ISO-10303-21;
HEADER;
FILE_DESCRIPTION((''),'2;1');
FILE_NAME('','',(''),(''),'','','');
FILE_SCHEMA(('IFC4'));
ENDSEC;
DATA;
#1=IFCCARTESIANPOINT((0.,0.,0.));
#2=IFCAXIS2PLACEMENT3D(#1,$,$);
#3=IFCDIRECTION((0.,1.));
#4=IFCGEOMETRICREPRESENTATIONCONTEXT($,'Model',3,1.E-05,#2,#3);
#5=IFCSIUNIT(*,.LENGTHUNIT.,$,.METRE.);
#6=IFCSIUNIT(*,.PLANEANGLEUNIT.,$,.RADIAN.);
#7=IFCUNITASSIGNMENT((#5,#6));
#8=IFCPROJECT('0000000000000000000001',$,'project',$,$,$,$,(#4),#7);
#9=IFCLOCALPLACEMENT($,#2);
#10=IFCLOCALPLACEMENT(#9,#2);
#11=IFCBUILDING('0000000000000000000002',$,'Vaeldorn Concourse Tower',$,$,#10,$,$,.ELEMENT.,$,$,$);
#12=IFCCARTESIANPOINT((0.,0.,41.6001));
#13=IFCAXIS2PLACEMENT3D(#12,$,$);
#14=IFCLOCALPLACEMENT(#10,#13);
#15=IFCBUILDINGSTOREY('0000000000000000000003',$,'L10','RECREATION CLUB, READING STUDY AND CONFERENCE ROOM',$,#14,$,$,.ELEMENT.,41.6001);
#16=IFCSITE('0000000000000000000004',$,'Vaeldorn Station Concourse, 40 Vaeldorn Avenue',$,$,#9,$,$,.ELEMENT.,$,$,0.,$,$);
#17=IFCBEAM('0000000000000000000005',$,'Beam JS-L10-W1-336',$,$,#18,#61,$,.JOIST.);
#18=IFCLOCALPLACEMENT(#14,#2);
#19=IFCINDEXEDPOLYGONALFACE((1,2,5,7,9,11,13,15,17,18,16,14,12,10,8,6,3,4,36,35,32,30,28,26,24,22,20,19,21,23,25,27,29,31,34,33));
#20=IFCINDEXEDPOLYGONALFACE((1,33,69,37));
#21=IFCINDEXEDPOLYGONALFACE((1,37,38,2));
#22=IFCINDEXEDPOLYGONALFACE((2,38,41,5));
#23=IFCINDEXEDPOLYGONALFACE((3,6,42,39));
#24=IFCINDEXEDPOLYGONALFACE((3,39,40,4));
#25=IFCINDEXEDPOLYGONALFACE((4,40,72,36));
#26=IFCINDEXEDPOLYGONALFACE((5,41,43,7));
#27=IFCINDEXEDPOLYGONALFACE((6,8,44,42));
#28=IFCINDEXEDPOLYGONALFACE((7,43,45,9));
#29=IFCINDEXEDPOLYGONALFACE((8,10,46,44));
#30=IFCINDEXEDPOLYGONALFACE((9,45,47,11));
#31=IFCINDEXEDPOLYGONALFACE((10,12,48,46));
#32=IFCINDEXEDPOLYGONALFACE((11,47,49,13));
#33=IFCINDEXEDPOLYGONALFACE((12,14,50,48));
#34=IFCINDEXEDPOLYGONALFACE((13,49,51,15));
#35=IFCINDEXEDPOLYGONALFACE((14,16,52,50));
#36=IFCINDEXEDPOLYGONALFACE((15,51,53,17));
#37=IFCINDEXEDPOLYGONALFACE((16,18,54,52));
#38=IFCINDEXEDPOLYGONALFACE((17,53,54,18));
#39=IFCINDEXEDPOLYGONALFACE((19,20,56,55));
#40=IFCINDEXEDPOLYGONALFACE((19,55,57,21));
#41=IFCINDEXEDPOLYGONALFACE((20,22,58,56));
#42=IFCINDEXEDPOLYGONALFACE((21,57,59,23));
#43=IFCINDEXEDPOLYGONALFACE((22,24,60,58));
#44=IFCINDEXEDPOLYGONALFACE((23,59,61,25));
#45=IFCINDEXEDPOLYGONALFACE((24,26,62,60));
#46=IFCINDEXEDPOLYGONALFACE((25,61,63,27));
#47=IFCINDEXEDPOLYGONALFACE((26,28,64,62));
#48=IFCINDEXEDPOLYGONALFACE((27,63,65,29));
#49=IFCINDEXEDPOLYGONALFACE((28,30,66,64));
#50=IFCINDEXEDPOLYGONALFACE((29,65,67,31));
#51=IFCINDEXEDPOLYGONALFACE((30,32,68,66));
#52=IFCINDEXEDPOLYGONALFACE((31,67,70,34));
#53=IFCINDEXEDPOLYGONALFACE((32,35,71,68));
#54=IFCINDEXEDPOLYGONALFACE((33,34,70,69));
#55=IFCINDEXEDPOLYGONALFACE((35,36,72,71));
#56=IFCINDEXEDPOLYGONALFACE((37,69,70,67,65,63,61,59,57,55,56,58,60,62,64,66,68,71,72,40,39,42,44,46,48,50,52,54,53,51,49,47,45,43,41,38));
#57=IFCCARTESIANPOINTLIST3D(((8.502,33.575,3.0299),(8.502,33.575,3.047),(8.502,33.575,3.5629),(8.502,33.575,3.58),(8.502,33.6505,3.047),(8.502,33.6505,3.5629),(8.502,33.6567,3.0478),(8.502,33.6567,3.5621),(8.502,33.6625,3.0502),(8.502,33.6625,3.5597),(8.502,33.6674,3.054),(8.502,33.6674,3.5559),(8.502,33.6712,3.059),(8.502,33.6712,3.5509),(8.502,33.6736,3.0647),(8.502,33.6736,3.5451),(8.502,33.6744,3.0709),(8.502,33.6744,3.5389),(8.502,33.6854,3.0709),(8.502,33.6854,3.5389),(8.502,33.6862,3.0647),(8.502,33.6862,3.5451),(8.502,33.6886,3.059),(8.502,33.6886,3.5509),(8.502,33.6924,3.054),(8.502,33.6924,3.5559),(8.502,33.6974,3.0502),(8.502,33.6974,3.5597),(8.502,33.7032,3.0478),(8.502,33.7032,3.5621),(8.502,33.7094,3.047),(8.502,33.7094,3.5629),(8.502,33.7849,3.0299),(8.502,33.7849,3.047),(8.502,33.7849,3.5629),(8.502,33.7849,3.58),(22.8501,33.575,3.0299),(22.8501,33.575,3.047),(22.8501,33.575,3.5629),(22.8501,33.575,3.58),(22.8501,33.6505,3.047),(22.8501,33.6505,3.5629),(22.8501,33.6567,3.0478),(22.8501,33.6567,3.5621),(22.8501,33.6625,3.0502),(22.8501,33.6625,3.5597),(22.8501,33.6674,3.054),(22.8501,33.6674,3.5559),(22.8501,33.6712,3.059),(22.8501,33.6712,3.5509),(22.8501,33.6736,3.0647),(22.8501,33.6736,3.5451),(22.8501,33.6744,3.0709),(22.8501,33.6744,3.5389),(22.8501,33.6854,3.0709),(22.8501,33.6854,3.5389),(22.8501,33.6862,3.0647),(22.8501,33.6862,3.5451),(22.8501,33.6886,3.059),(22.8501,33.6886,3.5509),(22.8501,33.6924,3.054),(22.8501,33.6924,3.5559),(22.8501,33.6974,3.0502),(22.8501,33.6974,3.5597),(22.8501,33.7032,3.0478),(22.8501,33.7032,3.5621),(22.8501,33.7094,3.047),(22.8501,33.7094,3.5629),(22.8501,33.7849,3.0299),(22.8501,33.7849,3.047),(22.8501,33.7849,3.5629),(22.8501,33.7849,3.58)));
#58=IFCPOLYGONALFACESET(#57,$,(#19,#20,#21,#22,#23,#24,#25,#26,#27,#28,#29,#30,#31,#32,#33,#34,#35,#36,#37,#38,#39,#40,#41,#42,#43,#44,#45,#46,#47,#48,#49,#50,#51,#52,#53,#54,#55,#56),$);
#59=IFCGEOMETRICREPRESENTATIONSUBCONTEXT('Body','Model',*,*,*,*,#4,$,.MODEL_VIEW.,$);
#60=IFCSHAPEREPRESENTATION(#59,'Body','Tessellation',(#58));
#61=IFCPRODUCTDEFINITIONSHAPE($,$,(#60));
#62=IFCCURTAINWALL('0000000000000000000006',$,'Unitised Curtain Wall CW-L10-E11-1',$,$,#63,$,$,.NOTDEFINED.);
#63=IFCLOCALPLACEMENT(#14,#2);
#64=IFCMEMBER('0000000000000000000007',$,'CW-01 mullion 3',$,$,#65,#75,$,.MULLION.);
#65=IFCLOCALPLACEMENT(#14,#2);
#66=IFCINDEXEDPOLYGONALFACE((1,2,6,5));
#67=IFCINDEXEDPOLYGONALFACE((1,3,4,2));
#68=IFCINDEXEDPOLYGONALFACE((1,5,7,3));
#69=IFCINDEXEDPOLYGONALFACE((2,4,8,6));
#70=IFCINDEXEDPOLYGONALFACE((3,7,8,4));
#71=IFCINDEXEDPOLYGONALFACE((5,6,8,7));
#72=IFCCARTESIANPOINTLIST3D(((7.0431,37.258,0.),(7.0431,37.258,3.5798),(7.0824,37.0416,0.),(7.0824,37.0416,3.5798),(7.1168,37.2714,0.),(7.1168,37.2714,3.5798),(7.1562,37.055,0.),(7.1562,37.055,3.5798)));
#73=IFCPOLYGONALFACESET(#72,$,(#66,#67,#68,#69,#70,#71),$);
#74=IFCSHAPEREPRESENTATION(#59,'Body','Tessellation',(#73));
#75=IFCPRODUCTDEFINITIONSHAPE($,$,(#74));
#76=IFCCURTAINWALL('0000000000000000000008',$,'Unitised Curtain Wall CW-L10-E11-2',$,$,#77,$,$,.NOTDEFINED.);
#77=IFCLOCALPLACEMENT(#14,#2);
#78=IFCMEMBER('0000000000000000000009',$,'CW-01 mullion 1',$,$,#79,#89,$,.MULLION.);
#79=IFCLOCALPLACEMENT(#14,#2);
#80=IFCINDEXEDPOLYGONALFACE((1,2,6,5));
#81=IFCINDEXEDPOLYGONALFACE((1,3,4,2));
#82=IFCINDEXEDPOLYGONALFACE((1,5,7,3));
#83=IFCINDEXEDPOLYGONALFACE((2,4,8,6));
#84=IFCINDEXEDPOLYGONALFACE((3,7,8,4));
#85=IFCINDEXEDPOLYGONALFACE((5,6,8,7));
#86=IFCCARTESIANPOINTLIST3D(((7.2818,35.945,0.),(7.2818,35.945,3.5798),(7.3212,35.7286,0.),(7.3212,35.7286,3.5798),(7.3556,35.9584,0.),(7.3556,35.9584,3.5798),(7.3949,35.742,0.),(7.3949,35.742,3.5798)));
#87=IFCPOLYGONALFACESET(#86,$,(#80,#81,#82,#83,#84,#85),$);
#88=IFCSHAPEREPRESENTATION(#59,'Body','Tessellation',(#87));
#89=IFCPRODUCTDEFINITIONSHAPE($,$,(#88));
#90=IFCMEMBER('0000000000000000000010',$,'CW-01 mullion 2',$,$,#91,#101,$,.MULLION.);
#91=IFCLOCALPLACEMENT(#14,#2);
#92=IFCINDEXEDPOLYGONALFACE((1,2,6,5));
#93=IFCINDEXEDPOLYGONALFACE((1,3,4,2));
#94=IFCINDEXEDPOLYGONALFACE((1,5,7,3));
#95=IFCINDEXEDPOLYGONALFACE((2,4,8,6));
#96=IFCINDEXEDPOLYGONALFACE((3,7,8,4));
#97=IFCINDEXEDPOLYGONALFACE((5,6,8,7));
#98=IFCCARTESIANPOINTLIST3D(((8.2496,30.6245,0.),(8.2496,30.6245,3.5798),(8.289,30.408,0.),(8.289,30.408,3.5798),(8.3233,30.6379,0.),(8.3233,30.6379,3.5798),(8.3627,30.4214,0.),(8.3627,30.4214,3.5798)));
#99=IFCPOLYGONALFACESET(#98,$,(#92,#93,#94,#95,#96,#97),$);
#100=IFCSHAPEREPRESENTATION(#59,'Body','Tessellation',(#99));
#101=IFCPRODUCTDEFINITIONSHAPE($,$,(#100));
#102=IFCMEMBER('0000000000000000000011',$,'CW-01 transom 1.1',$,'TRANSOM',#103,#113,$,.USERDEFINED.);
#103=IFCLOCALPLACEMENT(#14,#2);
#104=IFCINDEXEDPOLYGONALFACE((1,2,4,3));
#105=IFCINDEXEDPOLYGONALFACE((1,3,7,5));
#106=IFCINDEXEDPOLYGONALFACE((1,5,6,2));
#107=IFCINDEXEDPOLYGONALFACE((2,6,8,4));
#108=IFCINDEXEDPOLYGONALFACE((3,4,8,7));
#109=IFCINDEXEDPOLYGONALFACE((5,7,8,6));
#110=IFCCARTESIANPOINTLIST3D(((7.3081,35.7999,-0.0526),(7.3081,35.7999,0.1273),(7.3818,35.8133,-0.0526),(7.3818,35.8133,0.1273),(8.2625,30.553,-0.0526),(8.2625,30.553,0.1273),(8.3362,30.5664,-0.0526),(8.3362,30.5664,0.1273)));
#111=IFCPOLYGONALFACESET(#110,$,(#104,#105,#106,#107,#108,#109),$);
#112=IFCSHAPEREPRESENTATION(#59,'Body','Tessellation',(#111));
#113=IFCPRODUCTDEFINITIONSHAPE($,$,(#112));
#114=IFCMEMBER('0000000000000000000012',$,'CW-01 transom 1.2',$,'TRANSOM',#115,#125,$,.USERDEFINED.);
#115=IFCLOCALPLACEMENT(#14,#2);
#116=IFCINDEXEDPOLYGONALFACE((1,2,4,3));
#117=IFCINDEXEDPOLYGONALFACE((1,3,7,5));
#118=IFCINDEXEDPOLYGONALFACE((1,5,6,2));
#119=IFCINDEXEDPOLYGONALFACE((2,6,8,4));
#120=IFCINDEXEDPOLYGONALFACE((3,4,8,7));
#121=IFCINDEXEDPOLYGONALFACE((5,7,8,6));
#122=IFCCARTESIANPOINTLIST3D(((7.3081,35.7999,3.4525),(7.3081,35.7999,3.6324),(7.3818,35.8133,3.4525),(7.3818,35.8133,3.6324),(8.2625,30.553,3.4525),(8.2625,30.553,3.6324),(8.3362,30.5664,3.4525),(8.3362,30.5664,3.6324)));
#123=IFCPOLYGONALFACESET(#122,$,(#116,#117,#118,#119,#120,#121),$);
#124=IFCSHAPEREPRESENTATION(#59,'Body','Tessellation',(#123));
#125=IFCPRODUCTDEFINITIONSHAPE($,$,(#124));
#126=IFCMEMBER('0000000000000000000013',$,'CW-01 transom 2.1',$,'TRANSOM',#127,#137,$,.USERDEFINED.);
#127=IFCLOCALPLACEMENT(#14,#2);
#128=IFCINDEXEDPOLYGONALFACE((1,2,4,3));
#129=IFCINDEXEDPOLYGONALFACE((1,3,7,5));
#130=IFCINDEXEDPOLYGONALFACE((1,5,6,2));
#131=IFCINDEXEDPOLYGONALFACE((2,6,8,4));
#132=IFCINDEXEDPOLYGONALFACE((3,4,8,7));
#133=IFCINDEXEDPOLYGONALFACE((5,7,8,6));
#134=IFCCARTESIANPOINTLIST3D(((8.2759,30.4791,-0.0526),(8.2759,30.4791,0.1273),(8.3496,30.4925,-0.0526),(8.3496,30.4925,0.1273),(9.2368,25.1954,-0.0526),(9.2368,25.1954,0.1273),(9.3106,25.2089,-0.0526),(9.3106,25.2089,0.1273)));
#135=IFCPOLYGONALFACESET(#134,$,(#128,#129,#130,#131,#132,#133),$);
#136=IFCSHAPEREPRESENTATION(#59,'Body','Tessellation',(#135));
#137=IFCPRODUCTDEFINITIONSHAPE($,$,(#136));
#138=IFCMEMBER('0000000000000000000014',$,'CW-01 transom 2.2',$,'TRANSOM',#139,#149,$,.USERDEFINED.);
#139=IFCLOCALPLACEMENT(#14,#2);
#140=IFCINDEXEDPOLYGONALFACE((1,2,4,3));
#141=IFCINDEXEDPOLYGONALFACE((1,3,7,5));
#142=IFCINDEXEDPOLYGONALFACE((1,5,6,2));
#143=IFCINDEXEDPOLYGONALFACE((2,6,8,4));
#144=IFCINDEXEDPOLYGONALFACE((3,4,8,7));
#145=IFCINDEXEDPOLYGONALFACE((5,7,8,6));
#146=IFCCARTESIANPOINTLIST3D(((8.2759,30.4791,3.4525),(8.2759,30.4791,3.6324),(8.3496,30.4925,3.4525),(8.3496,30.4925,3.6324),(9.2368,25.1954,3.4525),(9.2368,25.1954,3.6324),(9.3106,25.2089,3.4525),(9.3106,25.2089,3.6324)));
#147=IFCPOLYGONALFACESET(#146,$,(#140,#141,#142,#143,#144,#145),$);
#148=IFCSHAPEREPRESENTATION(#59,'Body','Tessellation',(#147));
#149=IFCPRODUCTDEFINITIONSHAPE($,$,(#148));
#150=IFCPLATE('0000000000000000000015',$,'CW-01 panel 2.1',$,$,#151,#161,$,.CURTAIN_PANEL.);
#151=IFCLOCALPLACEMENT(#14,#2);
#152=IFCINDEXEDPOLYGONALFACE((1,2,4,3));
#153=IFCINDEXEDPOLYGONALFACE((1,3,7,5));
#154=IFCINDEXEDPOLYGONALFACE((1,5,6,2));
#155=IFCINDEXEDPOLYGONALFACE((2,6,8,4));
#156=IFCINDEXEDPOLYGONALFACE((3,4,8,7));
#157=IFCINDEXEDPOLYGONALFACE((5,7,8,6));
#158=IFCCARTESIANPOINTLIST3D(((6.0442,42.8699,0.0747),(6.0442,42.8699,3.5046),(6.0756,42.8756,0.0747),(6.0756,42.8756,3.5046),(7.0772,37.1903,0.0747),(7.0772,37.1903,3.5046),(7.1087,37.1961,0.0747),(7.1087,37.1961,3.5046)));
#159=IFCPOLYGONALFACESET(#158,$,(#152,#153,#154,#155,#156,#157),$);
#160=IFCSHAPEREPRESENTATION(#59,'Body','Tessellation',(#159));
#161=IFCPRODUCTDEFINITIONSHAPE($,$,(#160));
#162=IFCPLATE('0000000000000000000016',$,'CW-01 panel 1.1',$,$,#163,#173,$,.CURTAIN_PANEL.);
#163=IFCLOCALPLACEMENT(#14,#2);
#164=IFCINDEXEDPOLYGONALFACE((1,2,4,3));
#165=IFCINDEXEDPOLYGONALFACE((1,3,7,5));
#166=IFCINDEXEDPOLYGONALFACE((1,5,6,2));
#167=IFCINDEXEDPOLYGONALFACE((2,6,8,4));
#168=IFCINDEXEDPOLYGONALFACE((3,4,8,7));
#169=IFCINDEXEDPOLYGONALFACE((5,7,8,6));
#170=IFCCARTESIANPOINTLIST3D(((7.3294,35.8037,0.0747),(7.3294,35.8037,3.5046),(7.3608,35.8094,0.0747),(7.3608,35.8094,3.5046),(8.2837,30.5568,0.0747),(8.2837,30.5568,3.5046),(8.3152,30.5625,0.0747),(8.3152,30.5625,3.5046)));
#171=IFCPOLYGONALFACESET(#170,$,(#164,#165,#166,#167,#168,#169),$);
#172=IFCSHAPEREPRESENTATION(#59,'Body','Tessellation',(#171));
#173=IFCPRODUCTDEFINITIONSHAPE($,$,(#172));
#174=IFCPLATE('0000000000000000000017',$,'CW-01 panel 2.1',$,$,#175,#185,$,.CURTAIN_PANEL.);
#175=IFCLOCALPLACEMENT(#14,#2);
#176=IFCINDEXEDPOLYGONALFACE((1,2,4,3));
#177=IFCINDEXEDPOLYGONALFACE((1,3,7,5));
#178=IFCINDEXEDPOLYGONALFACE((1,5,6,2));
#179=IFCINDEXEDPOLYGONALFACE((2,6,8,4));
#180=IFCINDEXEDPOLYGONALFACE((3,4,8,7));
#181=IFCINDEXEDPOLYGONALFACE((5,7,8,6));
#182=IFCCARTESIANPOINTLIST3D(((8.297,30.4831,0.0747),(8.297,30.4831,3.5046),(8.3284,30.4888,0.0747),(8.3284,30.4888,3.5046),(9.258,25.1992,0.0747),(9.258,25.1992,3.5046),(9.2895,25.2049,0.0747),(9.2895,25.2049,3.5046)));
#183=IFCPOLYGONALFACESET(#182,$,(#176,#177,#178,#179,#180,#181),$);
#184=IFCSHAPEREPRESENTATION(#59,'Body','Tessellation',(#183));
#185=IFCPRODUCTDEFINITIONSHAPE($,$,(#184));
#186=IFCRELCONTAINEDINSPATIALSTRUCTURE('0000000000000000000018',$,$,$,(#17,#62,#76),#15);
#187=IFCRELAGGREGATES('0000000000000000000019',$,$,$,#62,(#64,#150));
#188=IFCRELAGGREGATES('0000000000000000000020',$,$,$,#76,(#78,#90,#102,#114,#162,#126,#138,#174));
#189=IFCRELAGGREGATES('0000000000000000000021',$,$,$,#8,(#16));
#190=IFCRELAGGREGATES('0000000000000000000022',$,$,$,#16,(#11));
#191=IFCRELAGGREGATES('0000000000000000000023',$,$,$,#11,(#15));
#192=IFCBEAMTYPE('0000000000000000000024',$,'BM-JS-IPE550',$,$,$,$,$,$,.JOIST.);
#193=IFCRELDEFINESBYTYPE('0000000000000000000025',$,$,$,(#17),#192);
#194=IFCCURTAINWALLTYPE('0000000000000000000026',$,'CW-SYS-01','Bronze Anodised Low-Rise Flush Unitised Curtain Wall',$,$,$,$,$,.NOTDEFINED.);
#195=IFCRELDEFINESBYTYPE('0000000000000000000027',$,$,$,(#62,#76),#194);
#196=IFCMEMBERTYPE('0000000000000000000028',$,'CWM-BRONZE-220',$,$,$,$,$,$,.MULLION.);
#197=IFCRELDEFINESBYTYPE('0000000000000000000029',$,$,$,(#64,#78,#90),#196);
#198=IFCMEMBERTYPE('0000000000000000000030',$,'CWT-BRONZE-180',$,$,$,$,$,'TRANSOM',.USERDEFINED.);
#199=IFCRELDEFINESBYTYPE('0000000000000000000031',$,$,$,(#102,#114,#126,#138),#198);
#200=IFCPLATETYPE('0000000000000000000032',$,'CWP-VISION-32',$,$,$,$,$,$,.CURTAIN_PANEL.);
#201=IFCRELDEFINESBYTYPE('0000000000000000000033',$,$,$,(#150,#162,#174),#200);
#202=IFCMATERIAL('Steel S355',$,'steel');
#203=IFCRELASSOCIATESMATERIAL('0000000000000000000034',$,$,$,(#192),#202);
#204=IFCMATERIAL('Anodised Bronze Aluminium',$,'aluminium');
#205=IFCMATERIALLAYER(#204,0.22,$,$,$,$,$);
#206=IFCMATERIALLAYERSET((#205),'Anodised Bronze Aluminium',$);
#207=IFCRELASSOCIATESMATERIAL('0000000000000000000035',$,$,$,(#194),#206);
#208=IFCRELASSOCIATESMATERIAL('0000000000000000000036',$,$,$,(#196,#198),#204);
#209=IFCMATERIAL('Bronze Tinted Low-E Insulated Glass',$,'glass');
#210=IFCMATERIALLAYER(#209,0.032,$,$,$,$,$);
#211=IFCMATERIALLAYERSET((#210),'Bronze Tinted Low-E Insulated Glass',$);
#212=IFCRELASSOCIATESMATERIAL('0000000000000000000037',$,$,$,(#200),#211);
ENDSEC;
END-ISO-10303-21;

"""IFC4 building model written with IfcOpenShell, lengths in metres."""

from ifc_helpers import new_model, si_unit, direction, frame, origin, origin_2d, place, context, subcontext, project, spatial, rectangle, i_section, extrude, source, transform, mapped, material, layer, layer_set, material_profile, profile_set, type_object, element, aggregate, save


model = new_model("IFC4")

# Units and contexts
model_context = context("Model", 3, precision=1e-05, world=origin(), true_north=direction((0.0, 1.0)))
body_context = subcontext(model_context, "Body", "Model", "MODEL_VIEW")
ifc_project = project(units=[si_unit("LENGTHUNIT", "METRE"), si_unit("PLANEANGLEUNIT", "RADIAN")], contexts=[model_context])

# Site, building, storey
site_placement = place(None, origin())
site = spatial("IfcSite", under=ifc_project, at=site_placement, Name="Vaeldorn Station Concourse, 40 Vaeldorn Avenue", CompositionType="ELEMENT", RefElevation=0.0)
building_placement = place(site_placement, origin())
building = spatial("IfcBuilding", under=site, at=building_placement, Name="Vaeldorn Concourse Tower", CompositionType="ELEMENT")
storey_placement = place(building_placement, frame((0.0, 0.0, 41.6001)))
storey = spatial("IfcBuildingStorey", under=building, at=storey_placement, Name="L10", Description="RECREATION CLUB, READING STUDY AND CONFERENCE ROOM", CompositionType="ELEMENT", Elevation=41.6001)

# Beam
ifc_material_1 = material(Name="Steel S355", Category="steel")
ifc_material_profile_1 = material_profile(ifc_material_1, i_section(OverallWidth=0.21, OverallDepth=0.55, WebThickness=0.011, FlangeThickness=0.0171, FilletRadius=0.0239, at=origin_2d()), Name="IPE 550")
ifc_profile_set_1 = profile_set([ifc_material_profile_1], Name="Steel S355")
beam_type_1 = type_object("IfcBeamType", Name="BM-JS-IPE550", PredefinedType="JOIST", material=ifc_profile_set_1)
shared_shape_1 = source(origin(), body_context, "Body", "SweptSolid", [
    extrude(i_section(OverallWidth=0.21, OverallDepth=0.55, WebThickness=0.011, FlangeThickness=0.0171, FilletRadius=0.0239, at=origin_2d()), origin(), (0.0, 0.0, 1.0), 14.3481),
])
beam_1_placement = place(storey_placement, frame((8.502, 33.6799, 3.3049), z_axis=(1.0, 0.0, 0.0), x_axis=(0.0, 1.0, 0.0)))
element("IfcBeam", 1, at=beam_1_placement, inside=storey, type_object=beam_type_1, Name="Beam JS-L10-W1-336", PredefinedType="JOIST", context=body_context, shape_type="MappedRepresentation", body=[
    mapped(shared_shape_1, transform((0.0, 0.0, 0.0), scale=1.0)),
])

# Curtain wall, member
ifc_material_2 = material(Name="Anodised Bronze Aluminium", Category="aluminium")
ifc_layer_1 = layer(ifc_material_2, 0.22)
ifc_layer_set_1 = layer_set([ifc_layer_1], Name="Anodised Bronze Aluminium")
curtain_wall_type = type_object("IfcCurtainWallType", Name="CW-SYS-01", Description="Bronze Anodised Low-Rise Flush Unitised Curtain Wall", PredefinedType="NOTDEFINED", material=ifc_layer_set_1)
curtain_wall_1_placement = place(storey_placement, origin())
curtain_wall_1 = element("IfcCurtainWall", 2, at=curtain_wall_1_placement, inside=storey, type_object=curtain_wall_type, Name="Unitised Curtain Wall CW-L10-E11-1", PredefinedType="NOTDEFINED")
ifc_material_profile_2 = material_profile(ifc_material_2, rectangle(XDim=0.075, YDim=0.22, at=origin_2d()), Name="CWM 75x220")
ifc_profile_set_2 = profile_set([ifc_material_profile_2], Name="Anodised Bronze Aluminium")
member_type_1 = type_object("IfcMemberType", Name="CWM-BRONZE-220", PredefinedType="MULLION", material=ifc_profile_set_2)
shared_shape_2 = source(origin(), body_context, "Body", "SweptSolid", [
    extrude(rectangle(XDim=0.075, YDim=0.22, at=origin_2d()), origin(), (0.0, 0.0, 1.0), 3.5798),
])
member_1_placement = place(storey_placement, frame((7.0996, 37.1565, 0.0), z_axis=(0.0, 0.0, 1.0), x_axis=(0.983859, 0.178947, 0.0)))
member_1 = element("IfcMember", 3, at=member_1_placement, type_object=member_type_1, Name="CW-01 mullion 3", PredefinedType="MULLION", context=body_context, shape_type="MappedRepresentation", body=[
    mapped(shared_shape_2, transform((0.0, 0.0, 0.0), scale=1.0)),
])

# Curtain wall, members
curtain_wall_2_placement = place(storey_placement, origin())
curtain_wall_2 = element("IfcCurtainWall", 4, at=curtain_wall_2_placement, inside=storey, type_object=curtain_wall_type, Name="Unitised Curtain Wall CW-L10-E11-2", PredefinedType="NOTDEFINED")
member_2_placement = place(storey_placement, frame((7.3384, 35.8435, 0.0), z_axis=(0.0, 0.0, 1.0), x_axis=(0.983859, 0.178944, 0.0)))
member_2 = element("IfcMember", 5, at=member_2_placement, type_object=member_type_1, Name="CW-01 mullion 1", PredefinedType="MULLION", context=body_context, shape_type="MappedRepresentation", body=[
    mapped(shared_shape_2, transform((0.0, 0.0, 0.0), scale=1.0)),
])
member_3_placement = place(storey_placement, frame((8.3062, 30.5229, 0.0), z_axis=(0.0, 0.0, 1.0), x_axis=(0.983859, 0.178944, 0.0)))
member_3 = element("IfcMember", 6, at=member_3_placement, type_object=member_type_1, Name="CW-01 mullion 2", PredefinedType="MULLION", context=body_context, shape_type="MappedRepresentation", body=[
    mapped(shared_shape_2, transform((0.0, 0.0, 0.0), scale=1.0)),
])
ifc_material_profile_3 = material_profile(ifc_material_2, rectangle(XDim=0.075, YDim=0.1799, at=origin_2d()), Name="CWT 75x180")
ifc_profile_set_3 = profile_set([ifc_material_profile_3], Name="Anodised Bronze Aluminium")
member_type_2 = type_object("IfcMemberType", Name="CWT-BRONZE-180", ElementType="TRANSOM", PredefinedType="USERDEFINED", material=ifc_profile_set_3)
shared_shape_3 = source(origin(), body_context, "Body", "SweptSolid", [
    extrude(rectangle(XDim=0.075, YDim=0.1799, at=origin_2d()), origin(), (0.0, 0.0, 1.0), 5.333),
])
member_4_placement = place(storey_placement, frame((7.345, 35.8066, 0.0374), z_axis=(0.178954, -0.983857, 0.0), x_axis=(0.983857, 0.178954, 0.0)))
member_4 = element("IfcMember", 7, at=member_4_placement, type_object=member_type_2, Name="CW-01 transom 1.1", ObjectType="TRANSOM", PredefinedType="USERDEFINED", context=body_context, shape_type="MappedRepresentation", body=[
    mapped(shared_shape_3, transform((0.0, 0.0, 0.0), scale=1.0)),
])
member_5_placement = place(storey_placement, frame((7.345, 35.8066, 3.5425), z_axis=(0.178954, -0.983857, 0.0), x_axis=(0.983857, 0.178954, 0.0)))
member_5 = element("IfcMember", 8, at=member_5_placement, type_object=member_type_2, Name="CW-01 transom 1.2", ObjectType="TRANSOM", PredefinedType="USERDEFINED", context=body_context, shape_type="MappedRepresentation", body=[
    mapped(shared_shape_3, transform((0.0, 0.0, 0.0), scale=1.0)),
])
shared_shape_4 = source(origin(), body_context, "Body", "SweptSolid", [
    extrude(rectangle(XDim=0.075, YDim=0.1799, at=origin_2d()), origin(), (0.0, 0.0, 1.0), 5.3704),
])
member_6_placement = place(storey_placement, frame((8.3127, 30.4858, 0.0374), z_axis=(0.178933, -0.983861, 0.0), x_axis=(0.983861, 0.178933, 0.0)))
member_6 = element("IfcMember", 9, at=member_6_placement, type_object=member_type_2, Name="CW-01 transom 2.1", ObjectType="TRANSOM", PredefinedType="USERDEFINED", context=body_context, shape_type="MappedRepresentation", body=[
    mapped(shared_shape_4, transform((0.0, 0.0, 0.0), scale=1.0)),
])
member_7_placement = place(storey_placement, frame((8.3127, 30.4858, 3.5425), z_axis=(0.178933, -0.983861, 0.0), x_axis=(0.983861, 0.178933, 0.0)))
member_7 = element("IfcMember", 10, at=member_7_placement, type_object=member_type_2, Name="CW-01 transom 2.2", ObjectType="TRANSOM", PredefinedType="USERDEFINED", context=body_context, shape_type="MappedRepresentation", body=[
    mapped(shared_shape_4, transform((0.0, 0.0, 0.0), scale=1.0)),
])

# Plates
ifc_material_3 = material(Name="Bronze Tinted Low-E Insulated Glass", Category="glass")
ifc_layer_2 = layer(ifc_material_3, 0.032)
ifc_layer_set_2 = layer_set([ifc_layer_2], Name="Bronze Tinted Low-E Insulated Glass")
plate_type = type_object("IfcPlateType", Name="CWP-VISION-32", PredefinedType="CURTAIN_PANEL", material=ifc_layer_set_2)
shared_shape_5 = source(origin(), body_context, "Body", "SweptSolid", [
    extrude(rectangle(XDim=5.7727, YDim=0.032, at=origin_2d()), origin(), (0.0, 0.0, 1.0), 3.4299),
])
plate_1_placement = place(storey_placement, frame((6.5764, 40.033, 0.0747), z_axis=(0.0, 0.0, 1.0), x_axis=(0.178947, -0.983859, 0.0)))
plate_1 = element("IfcPlate", 11, at=plate_1_placement, type_object=plate_type, Name="CW-01 panel 2.1", PredefinedType="CURTAIN_PANEL", context=body_context, shape_type="MappedRepresentation", body=[
    mapped(shared_shape_5, transform((0.0, 0.0, 0.0), scale=1.0)),
])
aggregate(curtain_wall_1, [member_1, plate_1])
shared_shape_6 = source(origin(), body_context, "Body", "SweptSolid", [
    extrude(rectangle(XDim=5.333, YDim=0.032, at=origin_2d()), origin(), (0.0, 0.0, 1.0), 3.4299),
])
plate_2_placement = place(storey_placement, frame((7.8223, 33.1831, 0.0747), z_axis=(0.0, 0.0, 1.0), x_axis=(0.178944, -0.983859, 0.0)))
plate_2 = element("IfcPlate", 12, at=plate_2_placement, type_object=plate_type, Name="CW-01 panel 1.1", PredefinedType="CURTAIN_PANEL", context=body_context, shape_type="MappedRepresentation", body=[
    mapped(shared_shape_6, transform((0.0, 0.0, 0.0), scale=1.0)),
])
shared_shape_7 = source(origin(), body_context, "Body", "SweptSolid", [
    extrude(rectangle(XDim=5.3706, YDim=0.032, at=origin_2d()), origin(), (0.0, 0.0, 1.0), 3.4299),
])
plate_3_placement = place(storey_placement, frame((8.7932, 27.844, 0.0747), z_axis=(0.0, 0.0, 1.0), x_axis=(0.178944, -0.983859, 0.0)))
plate_3 = element("IfcPlate", 13, at=plate_3_placement, type_object=plate_type, Name="CW-01 panel 2.1", PredefinedType="CURTAIN_PANEL", context=body_context, shape_type="MappedRepresentation", body=[
    mapped(shared_shape_7, transform((0.0, 0.0, 0.0), scale=1.0)),
])
aggregate(curtain_wall_2, [member_2, member_3, member_4, member_5, plate_2, member_6, member_7, plate_3])

save(model, "model.ifc")
